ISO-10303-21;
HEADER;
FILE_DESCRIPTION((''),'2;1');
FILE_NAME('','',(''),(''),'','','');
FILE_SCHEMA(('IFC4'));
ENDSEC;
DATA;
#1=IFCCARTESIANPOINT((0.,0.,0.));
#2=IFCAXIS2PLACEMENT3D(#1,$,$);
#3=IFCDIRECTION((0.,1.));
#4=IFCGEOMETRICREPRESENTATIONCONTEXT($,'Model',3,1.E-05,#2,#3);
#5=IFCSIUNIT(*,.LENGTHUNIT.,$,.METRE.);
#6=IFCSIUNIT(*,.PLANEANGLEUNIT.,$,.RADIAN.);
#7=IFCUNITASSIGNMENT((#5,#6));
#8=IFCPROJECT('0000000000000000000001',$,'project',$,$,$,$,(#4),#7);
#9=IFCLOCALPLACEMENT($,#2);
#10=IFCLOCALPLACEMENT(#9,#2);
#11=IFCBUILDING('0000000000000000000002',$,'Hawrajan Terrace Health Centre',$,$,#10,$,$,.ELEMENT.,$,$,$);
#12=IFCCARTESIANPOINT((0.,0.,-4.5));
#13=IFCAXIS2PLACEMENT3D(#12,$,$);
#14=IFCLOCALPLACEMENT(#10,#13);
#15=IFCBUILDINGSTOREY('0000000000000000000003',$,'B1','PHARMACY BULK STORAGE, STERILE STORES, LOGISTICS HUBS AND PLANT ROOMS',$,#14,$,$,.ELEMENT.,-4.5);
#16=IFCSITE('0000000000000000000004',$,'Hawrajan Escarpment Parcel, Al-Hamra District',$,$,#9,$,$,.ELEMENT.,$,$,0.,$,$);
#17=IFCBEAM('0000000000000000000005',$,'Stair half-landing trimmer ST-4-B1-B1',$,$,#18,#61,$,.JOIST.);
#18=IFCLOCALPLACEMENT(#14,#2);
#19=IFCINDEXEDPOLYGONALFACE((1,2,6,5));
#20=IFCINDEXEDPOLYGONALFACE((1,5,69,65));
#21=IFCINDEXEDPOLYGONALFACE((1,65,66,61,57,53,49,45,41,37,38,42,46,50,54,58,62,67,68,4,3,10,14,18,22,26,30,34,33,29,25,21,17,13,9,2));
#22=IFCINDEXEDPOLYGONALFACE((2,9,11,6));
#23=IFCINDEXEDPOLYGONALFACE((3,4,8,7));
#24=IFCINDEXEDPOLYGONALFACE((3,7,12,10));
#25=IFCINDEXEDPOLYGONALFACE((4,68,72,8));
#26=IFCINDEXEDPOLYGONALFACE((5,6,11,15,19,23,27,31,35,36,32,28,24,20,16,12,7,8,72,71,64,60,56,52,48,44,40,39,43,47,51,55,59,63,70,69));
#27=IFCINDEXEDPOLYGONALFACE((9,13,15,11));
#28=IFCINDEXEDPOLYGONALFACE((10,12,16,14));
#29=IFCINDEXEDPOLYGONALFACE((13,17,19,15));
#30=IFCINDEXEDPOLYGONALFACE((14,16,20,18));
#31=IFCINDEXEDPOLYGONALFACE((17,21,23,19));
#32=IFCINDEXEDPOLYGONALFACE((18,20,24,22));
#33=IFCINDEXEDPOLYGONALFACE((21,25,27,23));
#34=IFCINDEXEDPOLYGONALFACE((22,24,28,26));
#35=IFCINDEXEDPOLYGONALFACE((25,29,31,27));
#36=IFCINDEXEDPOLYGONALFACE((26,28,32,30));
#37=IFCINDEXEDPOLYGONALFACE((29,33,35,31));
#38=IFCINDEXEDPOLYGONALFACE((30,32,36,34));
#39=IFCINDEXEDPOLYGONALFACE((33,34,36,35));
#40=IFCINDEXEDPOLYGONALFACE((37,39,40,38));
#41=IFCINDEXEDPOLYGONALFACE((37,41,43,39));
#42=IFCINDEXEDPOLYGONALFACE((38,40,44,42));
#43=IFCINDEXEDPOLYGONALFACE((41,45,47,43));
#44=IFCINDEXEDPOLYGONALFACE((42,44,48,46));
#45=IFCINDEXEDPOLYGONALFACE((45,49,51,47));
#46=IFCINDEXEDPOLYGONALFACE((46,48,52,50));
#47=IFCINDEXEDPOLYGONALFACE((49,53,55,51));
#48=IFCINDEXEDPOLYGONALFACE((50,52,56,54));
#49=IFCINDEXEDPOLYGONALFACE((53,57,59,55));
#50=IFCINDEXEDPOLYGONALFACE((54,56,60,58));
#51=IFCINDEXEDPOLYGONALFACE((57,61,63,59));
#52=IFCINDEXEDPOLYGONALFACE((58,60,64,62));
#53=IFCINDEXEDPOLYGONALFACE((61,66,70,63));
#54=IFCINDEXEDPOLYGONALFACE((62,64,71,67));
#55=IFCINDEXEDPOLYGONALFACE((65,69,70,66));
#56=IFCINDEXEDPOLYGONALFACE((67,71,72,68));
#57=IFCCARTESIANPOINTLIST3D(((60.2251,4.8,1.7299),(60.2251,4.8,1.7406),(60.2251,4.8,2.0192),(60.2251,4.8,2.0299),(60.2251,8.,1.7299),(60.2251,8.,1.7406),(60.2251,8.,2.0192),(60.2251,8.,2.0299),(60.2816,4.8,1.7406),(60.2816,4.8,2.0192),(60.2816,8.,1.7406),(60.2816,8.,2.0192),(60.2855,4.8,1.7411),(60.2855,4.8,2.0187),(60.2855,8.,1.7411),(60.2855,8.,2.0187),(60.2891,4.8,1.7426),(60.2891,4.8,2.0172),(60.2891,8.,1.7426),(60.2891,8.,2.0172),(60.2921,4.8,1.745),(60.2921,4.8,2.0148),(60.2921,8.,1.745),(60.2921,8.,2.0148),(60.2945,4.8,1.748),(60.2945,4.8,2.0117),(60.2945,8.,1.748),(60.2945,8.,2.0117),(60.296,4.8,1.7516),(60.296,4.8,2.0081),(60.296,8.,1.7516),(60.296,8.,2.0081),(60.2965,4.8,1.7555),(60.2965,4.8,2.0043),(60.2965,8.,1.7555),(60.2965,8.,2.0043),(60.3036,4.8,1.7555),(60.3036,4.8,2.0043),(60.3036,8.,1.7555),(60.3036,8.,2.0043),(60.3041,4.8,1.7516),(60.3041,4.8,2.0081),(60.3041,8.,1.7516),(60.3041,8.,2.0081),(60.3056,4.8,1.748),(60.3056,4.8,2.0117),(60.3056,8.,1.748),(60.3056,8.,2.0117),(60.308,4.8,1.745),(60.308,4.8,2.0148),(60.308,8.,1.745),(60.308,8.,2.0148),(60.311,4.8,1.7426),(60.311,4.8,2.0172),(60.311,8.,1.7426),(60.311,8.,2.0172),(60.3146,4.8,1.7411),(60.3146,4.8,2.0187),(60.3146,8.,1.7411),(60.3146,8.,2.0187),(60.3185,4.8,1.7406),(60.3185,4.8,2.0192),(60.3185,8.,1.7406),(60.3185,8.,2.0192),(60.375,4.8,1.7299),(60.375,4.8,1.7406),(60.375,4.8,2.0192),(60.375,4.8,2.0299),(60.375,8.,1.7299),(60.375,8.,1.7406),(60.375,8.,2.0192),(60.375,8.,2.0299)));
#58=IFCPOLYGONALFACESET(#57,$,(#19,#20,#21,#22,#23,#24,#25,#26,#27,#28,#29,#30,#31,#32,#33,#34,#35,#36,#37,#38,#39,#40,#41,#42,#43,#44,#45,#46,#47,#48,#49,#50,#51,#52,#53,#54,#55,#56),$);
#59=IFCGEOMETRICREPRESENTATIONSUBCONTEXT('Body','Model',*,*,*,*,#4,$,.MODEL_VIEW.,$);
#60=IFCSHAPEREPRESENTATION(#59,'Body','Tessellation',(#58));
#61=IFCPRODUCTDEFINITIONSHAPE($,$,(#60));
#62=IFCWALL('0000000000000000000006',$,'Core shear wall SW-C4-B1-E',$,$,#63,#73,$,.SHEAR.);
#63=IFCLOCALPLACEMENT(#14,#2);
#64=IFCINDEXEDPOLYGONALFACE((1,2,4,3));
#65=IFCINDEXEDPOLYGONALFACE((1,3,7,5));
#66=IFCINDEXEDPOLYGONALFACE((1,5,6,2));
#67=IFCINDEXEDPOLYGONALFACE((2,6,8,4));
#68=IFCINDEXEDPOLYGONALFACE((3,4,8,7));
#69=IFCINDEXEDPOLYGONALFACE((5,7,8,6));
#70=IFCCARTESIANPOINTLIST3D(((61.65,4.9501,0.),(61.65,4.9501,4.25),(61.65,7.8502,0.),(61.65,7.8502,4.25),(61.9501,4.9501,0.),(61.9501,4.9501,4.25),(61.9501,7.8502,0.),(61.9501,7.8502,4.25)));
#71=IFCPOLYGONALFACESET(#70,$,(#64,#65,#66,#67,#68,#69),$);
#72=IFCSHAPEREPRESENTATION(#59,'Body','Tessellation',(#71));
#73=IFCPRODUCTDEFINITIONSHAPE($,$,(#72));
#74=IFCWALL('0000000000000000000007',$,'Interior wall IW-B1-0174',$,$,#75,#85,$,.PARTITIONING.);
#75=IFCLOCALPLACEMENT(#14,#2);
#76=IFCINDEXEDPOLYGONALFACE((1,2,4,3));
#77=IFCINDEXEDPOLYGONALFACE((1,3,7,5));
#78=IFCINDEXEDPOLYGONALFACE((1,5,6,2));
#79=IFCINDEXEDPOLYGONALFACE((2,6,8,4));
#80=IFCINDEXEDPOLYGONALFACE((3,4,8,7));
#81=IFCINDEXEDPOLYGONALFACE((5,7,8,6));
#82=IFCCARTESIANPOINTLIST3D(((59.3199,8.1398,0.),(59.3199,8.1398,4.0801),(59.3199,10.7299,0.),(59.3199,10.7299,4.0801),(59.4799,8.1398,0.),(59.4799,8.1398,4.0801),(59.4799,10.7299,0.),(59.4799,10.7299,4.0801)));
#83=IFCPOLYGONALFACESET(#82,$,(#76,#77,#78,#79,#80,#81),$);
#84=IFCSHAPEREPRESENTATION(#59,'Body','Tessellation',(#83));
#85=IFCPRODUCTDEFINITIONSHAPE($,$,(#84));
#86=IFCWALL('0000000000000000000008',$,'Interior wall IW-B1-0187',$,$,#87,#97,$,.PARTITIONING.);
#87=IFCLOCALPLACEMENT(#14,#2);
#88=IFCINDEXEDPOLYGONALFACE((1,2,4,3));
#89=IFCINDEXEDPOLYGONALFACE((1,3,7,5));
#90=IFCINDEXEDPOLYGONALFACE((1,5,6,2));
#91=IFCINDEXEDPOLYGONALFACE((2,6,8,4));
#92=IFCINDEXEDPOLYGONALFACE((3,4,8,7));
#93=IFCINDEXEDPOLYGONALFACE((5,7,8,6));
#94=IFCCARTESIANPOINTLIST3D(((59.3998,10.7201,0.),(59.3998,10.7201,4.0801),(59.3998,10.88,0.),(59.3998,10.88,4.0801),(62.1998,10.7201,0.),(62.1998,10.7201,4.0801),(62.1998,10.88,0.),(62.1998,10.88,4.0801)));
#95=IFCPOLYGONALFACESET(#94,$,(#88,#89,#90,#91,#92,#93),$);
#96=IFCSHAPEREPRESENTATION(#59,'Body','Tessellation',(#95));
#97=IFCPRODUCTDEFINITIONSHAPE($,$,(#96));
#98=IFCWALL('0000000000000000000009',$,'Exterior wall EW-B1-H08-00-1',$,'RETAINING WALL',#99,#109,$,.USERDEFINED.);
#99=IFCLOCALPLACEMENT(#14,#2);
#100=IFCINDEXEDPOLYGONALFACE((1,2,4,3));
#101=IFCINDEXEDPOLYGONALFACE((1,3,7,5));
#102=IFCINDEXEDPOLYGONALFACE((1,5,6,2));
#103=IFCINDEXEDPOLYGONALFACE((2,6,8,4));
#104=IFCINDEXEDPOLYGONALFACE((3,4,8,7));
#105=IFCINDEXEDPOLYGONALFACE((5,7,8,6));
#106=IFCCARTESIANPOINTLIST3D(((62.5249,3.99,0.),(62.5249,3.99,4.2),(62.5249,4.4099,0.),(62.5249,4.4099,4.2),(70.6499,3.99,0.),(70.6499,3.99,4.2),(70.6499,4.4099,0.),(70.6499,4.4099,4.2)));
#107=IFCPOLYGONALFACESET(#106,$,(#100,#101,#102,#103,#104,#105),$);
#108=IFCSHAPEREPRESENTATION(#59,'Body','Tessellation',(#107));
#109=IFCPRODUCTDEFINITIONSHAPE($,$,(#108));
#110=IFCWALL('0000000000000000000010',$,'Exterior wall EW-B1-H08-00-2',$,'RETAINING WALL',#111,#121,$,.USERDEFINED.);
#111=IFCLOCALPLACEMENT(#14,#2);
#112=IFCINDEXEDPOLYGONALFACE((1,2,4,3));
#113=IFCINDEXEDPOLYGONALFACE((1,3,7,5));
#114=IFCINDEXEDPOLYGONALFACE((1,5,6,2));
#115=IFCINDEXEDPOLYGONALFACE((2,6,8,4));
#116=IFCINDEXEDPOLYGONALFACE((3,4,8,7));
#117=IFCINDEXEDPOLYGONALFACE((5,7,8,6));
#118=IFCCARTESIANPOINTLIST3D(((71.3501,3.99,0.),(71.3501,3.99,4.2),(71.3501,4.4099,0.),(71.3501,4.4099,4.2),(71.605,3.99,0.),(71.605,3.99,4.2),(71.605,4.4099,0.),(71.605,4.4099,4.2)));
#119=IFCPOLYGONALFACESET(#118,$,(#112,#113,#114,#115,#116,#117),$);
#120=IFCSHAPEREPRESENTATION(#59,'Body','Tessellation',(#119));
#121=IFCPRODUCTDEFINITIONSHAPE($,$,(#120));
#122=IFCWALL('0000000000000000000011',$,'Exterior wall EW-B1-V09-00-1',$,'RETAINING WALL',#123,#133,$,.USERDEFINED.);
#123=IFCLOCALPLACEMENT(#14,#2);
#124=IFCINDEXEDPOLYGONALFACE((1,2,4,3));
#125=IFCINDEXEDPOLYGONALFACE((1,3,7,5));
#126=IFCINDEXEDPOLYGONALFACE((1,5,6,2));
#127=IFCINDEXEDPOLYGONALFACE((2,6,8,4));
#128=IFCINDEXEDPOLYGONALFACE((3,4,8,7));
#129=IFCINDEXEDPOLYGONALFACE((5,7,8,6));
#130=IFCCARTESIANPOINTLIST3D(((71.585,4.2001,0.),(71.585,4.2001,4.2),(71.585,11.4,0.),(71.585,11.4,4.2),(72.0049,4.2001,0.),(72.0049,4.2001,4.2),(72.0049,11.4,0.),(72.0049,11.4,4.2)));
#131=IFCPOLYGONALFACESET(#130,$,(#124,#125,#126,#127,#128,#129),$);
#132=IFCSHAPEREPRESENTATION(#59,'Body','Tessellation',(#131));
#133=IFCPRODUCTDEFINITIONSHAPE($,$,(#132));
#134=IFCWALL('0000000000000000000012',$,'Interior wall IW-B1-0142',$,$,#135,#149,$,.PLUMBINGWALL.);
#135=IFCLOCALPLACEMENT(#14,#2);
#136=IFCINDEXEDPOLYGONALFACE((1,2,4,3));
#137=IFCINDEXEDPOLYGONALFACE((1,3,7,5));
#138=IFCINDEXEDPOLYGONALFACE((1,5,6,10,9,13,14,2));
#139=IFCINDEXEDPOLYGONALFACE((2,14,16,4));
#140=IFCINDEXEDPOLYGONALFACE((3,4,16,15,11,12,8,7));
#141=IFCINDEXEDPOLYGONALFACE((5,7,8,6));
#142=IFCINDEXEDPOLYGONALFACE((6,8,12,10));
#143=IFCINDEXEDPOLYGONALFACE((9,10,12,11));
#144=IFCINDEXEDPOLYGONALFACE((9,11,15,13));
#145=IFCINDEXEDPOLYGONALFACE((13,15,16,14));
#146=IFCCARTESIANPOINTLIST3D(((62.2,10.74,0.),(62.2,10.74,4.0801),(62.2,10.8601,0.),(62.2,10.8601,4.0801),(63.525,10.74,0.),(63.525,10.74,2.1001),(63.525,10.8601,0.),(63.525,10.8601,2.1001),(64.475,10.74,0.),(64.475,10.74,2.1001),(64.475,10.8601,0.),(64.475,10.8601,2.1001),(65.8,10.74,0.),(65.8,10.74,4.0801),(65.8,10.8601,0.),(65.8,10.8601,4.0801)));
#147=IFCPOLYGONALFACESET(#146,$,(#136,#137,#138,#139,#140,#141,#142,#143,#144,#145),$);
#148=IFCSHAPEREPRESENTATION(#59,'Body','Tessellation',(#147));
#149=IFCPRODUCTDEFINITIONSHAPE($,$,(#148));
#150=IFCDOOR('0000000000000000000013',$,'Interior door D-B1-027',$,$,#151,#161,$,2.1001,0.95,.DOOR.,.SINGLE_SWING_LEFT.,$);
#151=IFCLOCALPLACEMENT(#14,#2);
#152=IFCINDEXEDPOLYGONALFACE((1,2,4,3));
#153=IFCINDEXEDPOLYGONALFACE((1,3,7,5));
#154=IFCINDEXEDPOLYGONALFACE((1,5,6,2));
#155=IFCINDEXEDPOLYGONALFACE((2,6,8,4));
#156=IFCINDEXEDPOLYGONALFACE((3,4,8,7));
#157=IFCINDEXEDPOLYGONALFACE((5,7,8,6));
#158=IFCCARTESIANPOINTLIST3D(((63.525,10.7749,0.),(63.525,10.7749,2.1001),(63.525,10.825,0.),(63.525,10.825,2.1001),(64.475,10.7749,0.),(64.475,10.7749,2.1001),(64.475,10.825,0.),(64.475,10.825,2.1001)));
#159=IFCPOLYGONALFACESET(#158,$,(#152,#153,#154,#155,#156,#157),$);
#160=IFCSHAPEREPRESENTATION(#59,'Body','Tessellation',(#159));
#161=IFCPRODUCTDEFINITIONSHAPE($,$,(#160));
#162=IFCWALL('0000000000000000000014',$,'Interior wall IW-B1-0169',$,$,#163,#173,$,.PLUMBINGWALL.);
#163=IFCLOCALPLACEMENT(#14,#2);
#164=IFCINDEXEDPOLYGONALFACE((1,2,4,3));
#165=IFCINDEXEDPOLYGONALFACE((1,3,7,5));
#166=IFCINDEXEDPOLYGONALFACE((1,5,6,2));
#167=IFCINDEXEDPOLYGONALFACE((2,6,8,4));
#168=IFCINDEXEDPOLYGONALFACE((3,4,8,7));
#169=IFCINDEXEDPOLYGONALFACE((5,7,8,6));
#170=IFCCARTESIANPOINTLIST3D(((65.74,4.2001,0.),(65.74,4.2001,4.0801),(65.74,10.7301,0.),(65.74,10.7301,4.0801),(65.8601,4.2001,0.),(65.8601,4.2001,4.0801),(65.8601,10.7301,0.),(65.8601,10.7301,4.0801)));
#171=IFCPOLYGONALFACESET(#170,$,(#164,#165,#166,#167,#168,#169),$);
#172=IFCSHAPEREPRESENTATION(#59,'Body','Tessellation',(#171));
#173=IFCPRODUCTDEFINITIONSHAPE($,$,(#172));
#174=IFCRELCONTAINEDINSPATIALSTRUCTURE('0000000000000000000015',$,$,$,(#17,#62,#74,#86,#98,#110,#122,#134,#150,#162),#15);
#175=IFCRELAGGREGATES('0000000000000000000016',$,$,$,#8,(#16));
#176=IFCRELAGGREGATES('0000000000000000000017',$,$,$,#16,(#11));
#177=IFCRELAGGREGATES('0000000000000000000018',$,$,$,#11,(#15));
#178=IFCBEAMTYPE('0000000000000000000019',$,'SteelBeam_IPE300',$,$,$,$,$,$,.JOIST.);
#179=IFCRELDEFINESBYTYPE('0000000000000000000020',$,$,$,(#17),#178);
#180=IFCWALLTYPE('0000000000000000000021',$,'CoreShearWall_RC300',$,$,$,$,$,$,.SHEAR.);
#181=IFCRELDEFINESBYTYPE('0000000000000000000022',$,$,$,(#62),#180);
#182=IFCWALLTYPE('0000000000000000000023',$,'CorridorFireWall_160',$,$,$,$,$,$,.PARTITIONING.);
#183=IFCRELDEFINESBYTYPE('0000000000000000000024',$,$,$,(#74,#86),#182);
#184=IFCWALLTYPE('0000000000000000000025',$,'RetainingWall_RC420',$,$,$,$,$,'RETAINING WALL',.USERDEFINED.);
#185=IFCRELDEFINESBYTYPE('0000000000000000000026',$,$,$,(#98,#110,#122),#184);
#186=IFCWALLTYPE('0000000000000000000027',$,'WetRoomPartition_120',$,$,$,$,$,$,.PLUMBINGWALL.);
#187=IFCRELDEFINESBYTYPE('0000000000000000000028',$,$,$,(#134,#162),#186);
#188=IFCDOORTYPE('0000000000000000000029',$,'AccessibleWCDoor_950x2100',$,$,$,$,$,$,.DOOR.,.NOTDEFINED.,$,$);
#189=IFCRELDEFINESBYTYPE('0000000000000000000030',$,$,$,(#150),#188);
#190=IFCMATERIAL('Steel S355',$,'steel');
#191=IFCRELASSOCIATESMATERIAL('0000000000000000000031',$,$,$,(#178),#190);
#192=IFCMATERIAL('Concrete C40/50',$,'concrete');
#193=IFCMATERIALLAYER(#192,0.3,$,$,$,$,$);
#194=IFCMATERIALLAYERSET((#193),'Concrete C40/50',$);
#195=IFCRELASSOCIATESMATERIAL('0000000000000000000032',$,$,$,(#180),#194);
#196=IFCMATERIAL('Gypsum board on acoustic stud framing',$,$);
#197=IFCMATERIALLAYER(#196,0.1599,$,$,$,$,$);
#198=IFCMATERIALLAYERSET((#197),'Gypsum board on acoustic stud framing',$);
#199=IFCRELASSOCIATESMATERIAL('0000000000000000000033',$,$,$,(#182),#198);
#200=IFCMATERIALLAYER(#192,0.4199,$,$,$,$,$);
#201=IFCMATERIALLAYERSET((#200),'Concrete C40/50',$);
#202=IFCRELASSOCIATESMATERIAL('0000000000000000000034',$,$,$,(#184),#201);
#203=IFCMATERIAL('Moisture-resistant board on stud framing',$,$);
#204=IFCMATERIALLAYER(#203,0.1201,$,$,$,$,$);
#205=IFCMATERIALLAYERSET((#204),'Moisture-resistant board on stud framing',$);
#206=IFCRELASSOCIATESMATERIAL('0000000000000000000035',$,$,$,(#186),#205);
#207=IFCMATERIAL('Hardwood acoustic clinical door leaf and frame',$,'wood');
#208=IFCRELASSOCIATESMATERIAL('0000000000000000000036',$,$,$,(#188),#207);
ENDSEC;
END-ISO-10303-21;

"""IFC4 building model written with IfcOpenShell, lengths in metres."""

from ifc_helpers import new_model, si_unit, direction, frame, frame_2d, origin, origin_2d, place, context, subcontext, project, spatial, rectangle, i_section, extrude, material, layer, layer_set, material_profile, profile_set, type_object, element, fill, save


model = new_model("IFC4")

# Units and contexts
model_context = context("Model", 3, precision=1e-05, world=origin(), true_north=direction((0.0, 1.0)))
body_context = subcontext(model_context, "Body", "Model", "MODEL_VIEW")
ifc_project = project(units=[si_unit("LENGTHUNIT", "METRE"), si_unit("PLANEANGLEUNIT", "RADIAN")], contexts=[model_context])

# Site, building, storey
site_placement = place(None, origin())
site = spatial("IfcSite", under=ifc_project, at=site_placement, Name="Hawrajan Escarpment Parcel, Al-Hamra District", CompositionType="ELEMENT", RefElevation=0.0)
building_placement = place(site_placement, origin())
building = spatial("IfcBuilding", under=site, at=building_placement, Name="Hawrajan Terrace Health Centre", CompositionType="ELEMENT")
storey_placement = place(building_placement, frame((0.0, 0.0, -4.5)))
storey = spatial("IfcBuildingStorey", under=building, at=storey_placement, Name="B1", Description="PHARMACY BULK STORAGE, STERILE STORES, LOGISTICS HUBS AND PLANT ROOMS", CompositionType="ELEMENT", Elevation=-4.5)

# Shared definitions
ifc_material_1 = material(Name="Concrete C40/50", Category="concrete")

# Beam
ifc_material_2 = material(Name="Steel S355", Category="steel")
ifc_material_profile_1 = material_profile(ifc_material_2, i_section(OverallWidth=0.1499, OverallDepth=0.3, WebThickness=0.0071, FlangeThickness=0.0107, FilletRadius=0.0149, at=origin_2d()), Name="IPE 300")
ifc_profile_set_1 = profile_set([ifc_material_profile_1], Name="Steel S355")
beam_type = type_object("IfcBeamType", Name="SteelBeam_IPE300", PredefinedType="JOIST", material=ifc_profile_set_1)
beam_placement = place(storey_placement, frame((60.3, 4.8, 1.8799), z_axis=(0.0, 1.0, 0.0), x_axis=(-1.0, 0.0, 0.0)))
element("IfcBeam", 1, at=beam_placement, inside=storey, type_object=beam_type, Name="Stair half-landing trimmer ST-4-B1-B1", PredefinedType="JOIST", context=body_context, shape_type="SweptSolid", body=[
    extrude(i_section(OverallWidth=0.1499, OverallDepth=0.3, WebThickness=0.0071, FlangeThickness=0.0107, FilletRadius=0.0149, at=origin_2d()), origin(), (0.0, 0.0, 1.0), 3.2),
])

# Walls
ifc_layer_1 = layer(ifc_material_1, 0.3)
ifc_layer_set_1 = layer_set([ifc_layer_1], Name="Concrete C40/50")
wall_type_1 = type_object("IfcWallType", Name="CoreShearWall_RC300", PredefinedType="SHEAR", material=ifc_layer_set_1)
wall_1_placement = place(storey_placement, frame((61.8, 4.95, 0.0), z_axis=(0.0, 0.0, 1.0), x_axis=(0.0, 1.0, 0.0)))
element("IfcWall", 2, at=wall_1_placement, inside=storey, type_object=wall_type_1, Name="Core shear wall SW-C4-B1-E", PredefinedType="SHEAR", context=body_context, shape_type="SweptSolid", body=[
    extrude(rectangle(XDim=2.9001, YDim=0.3, at=frame_2d((1.4502, 0.0))), origin(), (0.0, 0.0, 1.0), 4.25),
])
ifc_material_3 = material(Name="Gypsum board on acoustic stud framing")
ifc_layer_2 = layer(ifc_material_3, 0.1599)
ifc_layer_set_2 = layer_set([ifc_layer_2], Name="Gypsum board on acoustic stud framing")
wall_type_2 = type_object("IfcWallType", Name="CorridorFireWall_160", PredefinedType="PARTITIONING", material=ifc_layer_set_2)
wall_2_placement = place(storey_placement, frame((59.3999, 8.1399, 0.0), z_axis=(0.0, 0.0, 1.0), x_axis=(0.0, 1.0, 0.0)))
element("IfcWall", 3, at=wall_2_placement, inside=storey, type_object=wall_type_2, Name="Interior wall IW-B1-0174", PredefinedType="PARTITIONING", context=body_context, shape_type="SweptSolid", body=[
    extrude(rectangle(XDim=2.5901, YDim=0.1599, at=frame_2d((1.2949, 0.0))), origin(), (0.0, 0.0, 1.0), 4.0801),
])
wall_3_placement = place(storey_placement, frame((59.3999, 10.8, 0.0), z_axis=(0.0, 0.0, 1.0), x_axis=(1.0, 0.0, 0.0)))
element("IfcWall", 4, at=wall_3_placement, inside=storey, type_object=wall_type_2, Name="Interior wall IW-B1-0187", PredefinedType="PARTITIONING", context=body_context, shape_type="SweptSolid", body=[
    extrude(rectangle(XDim=2.8, YDim=0.1599, at=frame_2d((1.3999, 0.0))), origin(), (0.0, 0.0, 1.0), 4.0801),
])
ifc_layer_3 = layer(ifc_material_1, 0.4199)
ifc_layer_set_3 = layer_set([ifc_layer_3], Name="Concrete C40/50")
wall_type_3 = type_object("IfcWallType", Name="RetainingWall_RC420", ElementType="RETAINING WALL", PredefinedType="USERDEFINED", material=ifc_layer_set_3)
wall_4_placement = place(storey_placement, frame((62.5249, 4.2, 0.0), z_axis=(0.0, 0.0, 1.0), x_axis=(1.0, 0.0, 0.0)))
element("IfcWall", 5, at=wall_4_placement, inside=storey, type_object=wall_type_3, Name="Exterior wall EW-B1-H08-00-1", ObjectType="RETAINING WALL", PredefinedType="USERDEFINED", context=body_context, shape_type="SweptSolid", body=[
    extrude(rectangle(XDim=8.125, YDim=0.4199, at=frame_2d((4.0625, 0.0))), origin(), (0.0, 0.0, 1.0), 4.2),
])
wall_5_placement = place(storey_placement, frame((71.3501, 4.2, 0.0), z_axis=(0.0, 0.0, 1.0), x_axis=(1.0, 0.0, 0.0)))
element("IfcWall", 6, at=wall_5_placement, inside=storey, type_object=wall_type_3, Name="Exterior wall EW-B1-H08-00-2", ObjectType="RETAINING WALL", PredefinedType="USERDEFINED", context=body_context, shape_type="SweptSolid", body=[
    extrude(rectangle(XDim=0.2549, YDim=0.4199, at=frame_2d((0.1274, 0.0))), origin(), (0.0, 0.0, 1.0), 4.2),
])
wall_6_placement = place(storey_placement, frame((71.7949, 4.2, 0.0), z_axis=(0.0, 0.0, 1.0), x_axis=(0.0, 1.0, 0.0)))
element("IfcWall", 7, at=wall_6_placement, inside=storey, type_object=wall_type_3, Name="Exterior wall EW-B1-V09-00-1", ObjectType="RETAINING WALL", PredefinedType="USERDEFINED", context=body_context, shape_type="SweptSolid", body=[
    extrude(rectangle(XDim=7.2, YDim=0.4199, at=frame_2d((3.6001, 0.0))), origin(), (0.0, 0.0, 1.0), 4.2),
])

# Wall, opening, door
ifc_material_4 = material(Name="Moisture-resistant board on stud framing")
ifc_layer_4 = layer(ifc_material_4, 0.1201)
ifc_layer_set_4 = layer_set([ifc_layer_4], Name="Moisture-resistant board on stud framing")
wall_type_4 = type_object("IfcWallType", Name="WetRoomPartition_120", PredefinedType="PLUMBINGWALL", material=ifc_layer_set_4)
wall_7_placement = place(storey_placement, frame((62.2, 10.8, 0.0), z_axis=(0.0, 0.0, 1.0), x_axis=(1.0, 0.0, 0.0)))
wall_7 = element("IfcWall", 8, at=wall_7_placement, inside=storey, type_object=wall_type_4, Name="Interior wall IW-B1-0142", PredefinedType="PLUMBINGWALL", context=body_context, shape_type="SweptSolid", body=[
    extrude(rectangle(XDim=3.6001, YDim=0.1201, at=frame_2d((1.8, 0.0))), origin(), (0.0, 0.0, 1.0), 4.0801),
])
opening_1_placement = place(wall_7_placement, frame((1.325, 0.0, 0.0)))
opening_1 = element("IfcOpeningElement", 9, at=opening_1_placement, cuts=wall_7, PredefinedType="OPENING", context=body_context, shape_type="SweptSolid", body=[
    extrude(rectangle(XDim=0.95, YDim=2.1001, at=frame_2d((0.4751, 1.05))), frame((0.0, 0.0701, 0.0), z_axis=(0.0, -1.0, 0.0), x_axis=(1.0, 0.0, 0.0)), (0.0, 0.0, 1.0), 0.1401),
])
ifc_material_5 = material(Name="Hardwood acoustic clinical door leaf and frame", Category="wood")
door_type = type_object("IfcDoorType", Name="AccessibleWCDoor_950x2100", OperationType="NOTDEFINED", PredefinedType="DOOR", material=ifc_material_5)
door_1_placement = place(opening_1_placement, origin())
door_1 = element("IfcDoor", 10, at=door_1_placement, inside=storey, type_object=door_type, Name="Interior door D-B1-027", OperationType="SINGLE_SWING_LEFT", OverallHeight=2.1001, OverallWidth=0.95, PredefinedType="DOOR", context=body_context, shape_type="SweptSolid", body=[
    extrude(rectangle(XDim=0.95, YDim=2.1001, at=frame_2d((0.4751, 1.05))), frame((0.0, 0.0249, 0.0), z_axis=(0.0, -1.0, 0.0), x_axis=(1.0, 0.0, 0.0)), (0.0, 0.0, 1.0), 0.05),
])
fill(opening_1, door_1)

# Wall
wall_8_placement = place(storey_placement, frame((65.8, 4.2, 0.0), z_axis=(0.0, 0.0, 1.0), x_axis=(0.0, 1.0, 0.0)))
element("IfcWall", 11, at=wall_8_placement, inside=storey, type_object=wall_type_4, Name="Interior wall IW-B1-0169", PredefinedType="PLUMBINGWALL", context=body_context, shape_type="SweptSolid", body=[
    extrude(rectangle(XDim=6.53, YDim=0.1201, at=frame_2d((3.2651, 0.0))), origin(), (0.0, 0.0, 1.0), 4.0801),
])

save(model, "model.ifc")
